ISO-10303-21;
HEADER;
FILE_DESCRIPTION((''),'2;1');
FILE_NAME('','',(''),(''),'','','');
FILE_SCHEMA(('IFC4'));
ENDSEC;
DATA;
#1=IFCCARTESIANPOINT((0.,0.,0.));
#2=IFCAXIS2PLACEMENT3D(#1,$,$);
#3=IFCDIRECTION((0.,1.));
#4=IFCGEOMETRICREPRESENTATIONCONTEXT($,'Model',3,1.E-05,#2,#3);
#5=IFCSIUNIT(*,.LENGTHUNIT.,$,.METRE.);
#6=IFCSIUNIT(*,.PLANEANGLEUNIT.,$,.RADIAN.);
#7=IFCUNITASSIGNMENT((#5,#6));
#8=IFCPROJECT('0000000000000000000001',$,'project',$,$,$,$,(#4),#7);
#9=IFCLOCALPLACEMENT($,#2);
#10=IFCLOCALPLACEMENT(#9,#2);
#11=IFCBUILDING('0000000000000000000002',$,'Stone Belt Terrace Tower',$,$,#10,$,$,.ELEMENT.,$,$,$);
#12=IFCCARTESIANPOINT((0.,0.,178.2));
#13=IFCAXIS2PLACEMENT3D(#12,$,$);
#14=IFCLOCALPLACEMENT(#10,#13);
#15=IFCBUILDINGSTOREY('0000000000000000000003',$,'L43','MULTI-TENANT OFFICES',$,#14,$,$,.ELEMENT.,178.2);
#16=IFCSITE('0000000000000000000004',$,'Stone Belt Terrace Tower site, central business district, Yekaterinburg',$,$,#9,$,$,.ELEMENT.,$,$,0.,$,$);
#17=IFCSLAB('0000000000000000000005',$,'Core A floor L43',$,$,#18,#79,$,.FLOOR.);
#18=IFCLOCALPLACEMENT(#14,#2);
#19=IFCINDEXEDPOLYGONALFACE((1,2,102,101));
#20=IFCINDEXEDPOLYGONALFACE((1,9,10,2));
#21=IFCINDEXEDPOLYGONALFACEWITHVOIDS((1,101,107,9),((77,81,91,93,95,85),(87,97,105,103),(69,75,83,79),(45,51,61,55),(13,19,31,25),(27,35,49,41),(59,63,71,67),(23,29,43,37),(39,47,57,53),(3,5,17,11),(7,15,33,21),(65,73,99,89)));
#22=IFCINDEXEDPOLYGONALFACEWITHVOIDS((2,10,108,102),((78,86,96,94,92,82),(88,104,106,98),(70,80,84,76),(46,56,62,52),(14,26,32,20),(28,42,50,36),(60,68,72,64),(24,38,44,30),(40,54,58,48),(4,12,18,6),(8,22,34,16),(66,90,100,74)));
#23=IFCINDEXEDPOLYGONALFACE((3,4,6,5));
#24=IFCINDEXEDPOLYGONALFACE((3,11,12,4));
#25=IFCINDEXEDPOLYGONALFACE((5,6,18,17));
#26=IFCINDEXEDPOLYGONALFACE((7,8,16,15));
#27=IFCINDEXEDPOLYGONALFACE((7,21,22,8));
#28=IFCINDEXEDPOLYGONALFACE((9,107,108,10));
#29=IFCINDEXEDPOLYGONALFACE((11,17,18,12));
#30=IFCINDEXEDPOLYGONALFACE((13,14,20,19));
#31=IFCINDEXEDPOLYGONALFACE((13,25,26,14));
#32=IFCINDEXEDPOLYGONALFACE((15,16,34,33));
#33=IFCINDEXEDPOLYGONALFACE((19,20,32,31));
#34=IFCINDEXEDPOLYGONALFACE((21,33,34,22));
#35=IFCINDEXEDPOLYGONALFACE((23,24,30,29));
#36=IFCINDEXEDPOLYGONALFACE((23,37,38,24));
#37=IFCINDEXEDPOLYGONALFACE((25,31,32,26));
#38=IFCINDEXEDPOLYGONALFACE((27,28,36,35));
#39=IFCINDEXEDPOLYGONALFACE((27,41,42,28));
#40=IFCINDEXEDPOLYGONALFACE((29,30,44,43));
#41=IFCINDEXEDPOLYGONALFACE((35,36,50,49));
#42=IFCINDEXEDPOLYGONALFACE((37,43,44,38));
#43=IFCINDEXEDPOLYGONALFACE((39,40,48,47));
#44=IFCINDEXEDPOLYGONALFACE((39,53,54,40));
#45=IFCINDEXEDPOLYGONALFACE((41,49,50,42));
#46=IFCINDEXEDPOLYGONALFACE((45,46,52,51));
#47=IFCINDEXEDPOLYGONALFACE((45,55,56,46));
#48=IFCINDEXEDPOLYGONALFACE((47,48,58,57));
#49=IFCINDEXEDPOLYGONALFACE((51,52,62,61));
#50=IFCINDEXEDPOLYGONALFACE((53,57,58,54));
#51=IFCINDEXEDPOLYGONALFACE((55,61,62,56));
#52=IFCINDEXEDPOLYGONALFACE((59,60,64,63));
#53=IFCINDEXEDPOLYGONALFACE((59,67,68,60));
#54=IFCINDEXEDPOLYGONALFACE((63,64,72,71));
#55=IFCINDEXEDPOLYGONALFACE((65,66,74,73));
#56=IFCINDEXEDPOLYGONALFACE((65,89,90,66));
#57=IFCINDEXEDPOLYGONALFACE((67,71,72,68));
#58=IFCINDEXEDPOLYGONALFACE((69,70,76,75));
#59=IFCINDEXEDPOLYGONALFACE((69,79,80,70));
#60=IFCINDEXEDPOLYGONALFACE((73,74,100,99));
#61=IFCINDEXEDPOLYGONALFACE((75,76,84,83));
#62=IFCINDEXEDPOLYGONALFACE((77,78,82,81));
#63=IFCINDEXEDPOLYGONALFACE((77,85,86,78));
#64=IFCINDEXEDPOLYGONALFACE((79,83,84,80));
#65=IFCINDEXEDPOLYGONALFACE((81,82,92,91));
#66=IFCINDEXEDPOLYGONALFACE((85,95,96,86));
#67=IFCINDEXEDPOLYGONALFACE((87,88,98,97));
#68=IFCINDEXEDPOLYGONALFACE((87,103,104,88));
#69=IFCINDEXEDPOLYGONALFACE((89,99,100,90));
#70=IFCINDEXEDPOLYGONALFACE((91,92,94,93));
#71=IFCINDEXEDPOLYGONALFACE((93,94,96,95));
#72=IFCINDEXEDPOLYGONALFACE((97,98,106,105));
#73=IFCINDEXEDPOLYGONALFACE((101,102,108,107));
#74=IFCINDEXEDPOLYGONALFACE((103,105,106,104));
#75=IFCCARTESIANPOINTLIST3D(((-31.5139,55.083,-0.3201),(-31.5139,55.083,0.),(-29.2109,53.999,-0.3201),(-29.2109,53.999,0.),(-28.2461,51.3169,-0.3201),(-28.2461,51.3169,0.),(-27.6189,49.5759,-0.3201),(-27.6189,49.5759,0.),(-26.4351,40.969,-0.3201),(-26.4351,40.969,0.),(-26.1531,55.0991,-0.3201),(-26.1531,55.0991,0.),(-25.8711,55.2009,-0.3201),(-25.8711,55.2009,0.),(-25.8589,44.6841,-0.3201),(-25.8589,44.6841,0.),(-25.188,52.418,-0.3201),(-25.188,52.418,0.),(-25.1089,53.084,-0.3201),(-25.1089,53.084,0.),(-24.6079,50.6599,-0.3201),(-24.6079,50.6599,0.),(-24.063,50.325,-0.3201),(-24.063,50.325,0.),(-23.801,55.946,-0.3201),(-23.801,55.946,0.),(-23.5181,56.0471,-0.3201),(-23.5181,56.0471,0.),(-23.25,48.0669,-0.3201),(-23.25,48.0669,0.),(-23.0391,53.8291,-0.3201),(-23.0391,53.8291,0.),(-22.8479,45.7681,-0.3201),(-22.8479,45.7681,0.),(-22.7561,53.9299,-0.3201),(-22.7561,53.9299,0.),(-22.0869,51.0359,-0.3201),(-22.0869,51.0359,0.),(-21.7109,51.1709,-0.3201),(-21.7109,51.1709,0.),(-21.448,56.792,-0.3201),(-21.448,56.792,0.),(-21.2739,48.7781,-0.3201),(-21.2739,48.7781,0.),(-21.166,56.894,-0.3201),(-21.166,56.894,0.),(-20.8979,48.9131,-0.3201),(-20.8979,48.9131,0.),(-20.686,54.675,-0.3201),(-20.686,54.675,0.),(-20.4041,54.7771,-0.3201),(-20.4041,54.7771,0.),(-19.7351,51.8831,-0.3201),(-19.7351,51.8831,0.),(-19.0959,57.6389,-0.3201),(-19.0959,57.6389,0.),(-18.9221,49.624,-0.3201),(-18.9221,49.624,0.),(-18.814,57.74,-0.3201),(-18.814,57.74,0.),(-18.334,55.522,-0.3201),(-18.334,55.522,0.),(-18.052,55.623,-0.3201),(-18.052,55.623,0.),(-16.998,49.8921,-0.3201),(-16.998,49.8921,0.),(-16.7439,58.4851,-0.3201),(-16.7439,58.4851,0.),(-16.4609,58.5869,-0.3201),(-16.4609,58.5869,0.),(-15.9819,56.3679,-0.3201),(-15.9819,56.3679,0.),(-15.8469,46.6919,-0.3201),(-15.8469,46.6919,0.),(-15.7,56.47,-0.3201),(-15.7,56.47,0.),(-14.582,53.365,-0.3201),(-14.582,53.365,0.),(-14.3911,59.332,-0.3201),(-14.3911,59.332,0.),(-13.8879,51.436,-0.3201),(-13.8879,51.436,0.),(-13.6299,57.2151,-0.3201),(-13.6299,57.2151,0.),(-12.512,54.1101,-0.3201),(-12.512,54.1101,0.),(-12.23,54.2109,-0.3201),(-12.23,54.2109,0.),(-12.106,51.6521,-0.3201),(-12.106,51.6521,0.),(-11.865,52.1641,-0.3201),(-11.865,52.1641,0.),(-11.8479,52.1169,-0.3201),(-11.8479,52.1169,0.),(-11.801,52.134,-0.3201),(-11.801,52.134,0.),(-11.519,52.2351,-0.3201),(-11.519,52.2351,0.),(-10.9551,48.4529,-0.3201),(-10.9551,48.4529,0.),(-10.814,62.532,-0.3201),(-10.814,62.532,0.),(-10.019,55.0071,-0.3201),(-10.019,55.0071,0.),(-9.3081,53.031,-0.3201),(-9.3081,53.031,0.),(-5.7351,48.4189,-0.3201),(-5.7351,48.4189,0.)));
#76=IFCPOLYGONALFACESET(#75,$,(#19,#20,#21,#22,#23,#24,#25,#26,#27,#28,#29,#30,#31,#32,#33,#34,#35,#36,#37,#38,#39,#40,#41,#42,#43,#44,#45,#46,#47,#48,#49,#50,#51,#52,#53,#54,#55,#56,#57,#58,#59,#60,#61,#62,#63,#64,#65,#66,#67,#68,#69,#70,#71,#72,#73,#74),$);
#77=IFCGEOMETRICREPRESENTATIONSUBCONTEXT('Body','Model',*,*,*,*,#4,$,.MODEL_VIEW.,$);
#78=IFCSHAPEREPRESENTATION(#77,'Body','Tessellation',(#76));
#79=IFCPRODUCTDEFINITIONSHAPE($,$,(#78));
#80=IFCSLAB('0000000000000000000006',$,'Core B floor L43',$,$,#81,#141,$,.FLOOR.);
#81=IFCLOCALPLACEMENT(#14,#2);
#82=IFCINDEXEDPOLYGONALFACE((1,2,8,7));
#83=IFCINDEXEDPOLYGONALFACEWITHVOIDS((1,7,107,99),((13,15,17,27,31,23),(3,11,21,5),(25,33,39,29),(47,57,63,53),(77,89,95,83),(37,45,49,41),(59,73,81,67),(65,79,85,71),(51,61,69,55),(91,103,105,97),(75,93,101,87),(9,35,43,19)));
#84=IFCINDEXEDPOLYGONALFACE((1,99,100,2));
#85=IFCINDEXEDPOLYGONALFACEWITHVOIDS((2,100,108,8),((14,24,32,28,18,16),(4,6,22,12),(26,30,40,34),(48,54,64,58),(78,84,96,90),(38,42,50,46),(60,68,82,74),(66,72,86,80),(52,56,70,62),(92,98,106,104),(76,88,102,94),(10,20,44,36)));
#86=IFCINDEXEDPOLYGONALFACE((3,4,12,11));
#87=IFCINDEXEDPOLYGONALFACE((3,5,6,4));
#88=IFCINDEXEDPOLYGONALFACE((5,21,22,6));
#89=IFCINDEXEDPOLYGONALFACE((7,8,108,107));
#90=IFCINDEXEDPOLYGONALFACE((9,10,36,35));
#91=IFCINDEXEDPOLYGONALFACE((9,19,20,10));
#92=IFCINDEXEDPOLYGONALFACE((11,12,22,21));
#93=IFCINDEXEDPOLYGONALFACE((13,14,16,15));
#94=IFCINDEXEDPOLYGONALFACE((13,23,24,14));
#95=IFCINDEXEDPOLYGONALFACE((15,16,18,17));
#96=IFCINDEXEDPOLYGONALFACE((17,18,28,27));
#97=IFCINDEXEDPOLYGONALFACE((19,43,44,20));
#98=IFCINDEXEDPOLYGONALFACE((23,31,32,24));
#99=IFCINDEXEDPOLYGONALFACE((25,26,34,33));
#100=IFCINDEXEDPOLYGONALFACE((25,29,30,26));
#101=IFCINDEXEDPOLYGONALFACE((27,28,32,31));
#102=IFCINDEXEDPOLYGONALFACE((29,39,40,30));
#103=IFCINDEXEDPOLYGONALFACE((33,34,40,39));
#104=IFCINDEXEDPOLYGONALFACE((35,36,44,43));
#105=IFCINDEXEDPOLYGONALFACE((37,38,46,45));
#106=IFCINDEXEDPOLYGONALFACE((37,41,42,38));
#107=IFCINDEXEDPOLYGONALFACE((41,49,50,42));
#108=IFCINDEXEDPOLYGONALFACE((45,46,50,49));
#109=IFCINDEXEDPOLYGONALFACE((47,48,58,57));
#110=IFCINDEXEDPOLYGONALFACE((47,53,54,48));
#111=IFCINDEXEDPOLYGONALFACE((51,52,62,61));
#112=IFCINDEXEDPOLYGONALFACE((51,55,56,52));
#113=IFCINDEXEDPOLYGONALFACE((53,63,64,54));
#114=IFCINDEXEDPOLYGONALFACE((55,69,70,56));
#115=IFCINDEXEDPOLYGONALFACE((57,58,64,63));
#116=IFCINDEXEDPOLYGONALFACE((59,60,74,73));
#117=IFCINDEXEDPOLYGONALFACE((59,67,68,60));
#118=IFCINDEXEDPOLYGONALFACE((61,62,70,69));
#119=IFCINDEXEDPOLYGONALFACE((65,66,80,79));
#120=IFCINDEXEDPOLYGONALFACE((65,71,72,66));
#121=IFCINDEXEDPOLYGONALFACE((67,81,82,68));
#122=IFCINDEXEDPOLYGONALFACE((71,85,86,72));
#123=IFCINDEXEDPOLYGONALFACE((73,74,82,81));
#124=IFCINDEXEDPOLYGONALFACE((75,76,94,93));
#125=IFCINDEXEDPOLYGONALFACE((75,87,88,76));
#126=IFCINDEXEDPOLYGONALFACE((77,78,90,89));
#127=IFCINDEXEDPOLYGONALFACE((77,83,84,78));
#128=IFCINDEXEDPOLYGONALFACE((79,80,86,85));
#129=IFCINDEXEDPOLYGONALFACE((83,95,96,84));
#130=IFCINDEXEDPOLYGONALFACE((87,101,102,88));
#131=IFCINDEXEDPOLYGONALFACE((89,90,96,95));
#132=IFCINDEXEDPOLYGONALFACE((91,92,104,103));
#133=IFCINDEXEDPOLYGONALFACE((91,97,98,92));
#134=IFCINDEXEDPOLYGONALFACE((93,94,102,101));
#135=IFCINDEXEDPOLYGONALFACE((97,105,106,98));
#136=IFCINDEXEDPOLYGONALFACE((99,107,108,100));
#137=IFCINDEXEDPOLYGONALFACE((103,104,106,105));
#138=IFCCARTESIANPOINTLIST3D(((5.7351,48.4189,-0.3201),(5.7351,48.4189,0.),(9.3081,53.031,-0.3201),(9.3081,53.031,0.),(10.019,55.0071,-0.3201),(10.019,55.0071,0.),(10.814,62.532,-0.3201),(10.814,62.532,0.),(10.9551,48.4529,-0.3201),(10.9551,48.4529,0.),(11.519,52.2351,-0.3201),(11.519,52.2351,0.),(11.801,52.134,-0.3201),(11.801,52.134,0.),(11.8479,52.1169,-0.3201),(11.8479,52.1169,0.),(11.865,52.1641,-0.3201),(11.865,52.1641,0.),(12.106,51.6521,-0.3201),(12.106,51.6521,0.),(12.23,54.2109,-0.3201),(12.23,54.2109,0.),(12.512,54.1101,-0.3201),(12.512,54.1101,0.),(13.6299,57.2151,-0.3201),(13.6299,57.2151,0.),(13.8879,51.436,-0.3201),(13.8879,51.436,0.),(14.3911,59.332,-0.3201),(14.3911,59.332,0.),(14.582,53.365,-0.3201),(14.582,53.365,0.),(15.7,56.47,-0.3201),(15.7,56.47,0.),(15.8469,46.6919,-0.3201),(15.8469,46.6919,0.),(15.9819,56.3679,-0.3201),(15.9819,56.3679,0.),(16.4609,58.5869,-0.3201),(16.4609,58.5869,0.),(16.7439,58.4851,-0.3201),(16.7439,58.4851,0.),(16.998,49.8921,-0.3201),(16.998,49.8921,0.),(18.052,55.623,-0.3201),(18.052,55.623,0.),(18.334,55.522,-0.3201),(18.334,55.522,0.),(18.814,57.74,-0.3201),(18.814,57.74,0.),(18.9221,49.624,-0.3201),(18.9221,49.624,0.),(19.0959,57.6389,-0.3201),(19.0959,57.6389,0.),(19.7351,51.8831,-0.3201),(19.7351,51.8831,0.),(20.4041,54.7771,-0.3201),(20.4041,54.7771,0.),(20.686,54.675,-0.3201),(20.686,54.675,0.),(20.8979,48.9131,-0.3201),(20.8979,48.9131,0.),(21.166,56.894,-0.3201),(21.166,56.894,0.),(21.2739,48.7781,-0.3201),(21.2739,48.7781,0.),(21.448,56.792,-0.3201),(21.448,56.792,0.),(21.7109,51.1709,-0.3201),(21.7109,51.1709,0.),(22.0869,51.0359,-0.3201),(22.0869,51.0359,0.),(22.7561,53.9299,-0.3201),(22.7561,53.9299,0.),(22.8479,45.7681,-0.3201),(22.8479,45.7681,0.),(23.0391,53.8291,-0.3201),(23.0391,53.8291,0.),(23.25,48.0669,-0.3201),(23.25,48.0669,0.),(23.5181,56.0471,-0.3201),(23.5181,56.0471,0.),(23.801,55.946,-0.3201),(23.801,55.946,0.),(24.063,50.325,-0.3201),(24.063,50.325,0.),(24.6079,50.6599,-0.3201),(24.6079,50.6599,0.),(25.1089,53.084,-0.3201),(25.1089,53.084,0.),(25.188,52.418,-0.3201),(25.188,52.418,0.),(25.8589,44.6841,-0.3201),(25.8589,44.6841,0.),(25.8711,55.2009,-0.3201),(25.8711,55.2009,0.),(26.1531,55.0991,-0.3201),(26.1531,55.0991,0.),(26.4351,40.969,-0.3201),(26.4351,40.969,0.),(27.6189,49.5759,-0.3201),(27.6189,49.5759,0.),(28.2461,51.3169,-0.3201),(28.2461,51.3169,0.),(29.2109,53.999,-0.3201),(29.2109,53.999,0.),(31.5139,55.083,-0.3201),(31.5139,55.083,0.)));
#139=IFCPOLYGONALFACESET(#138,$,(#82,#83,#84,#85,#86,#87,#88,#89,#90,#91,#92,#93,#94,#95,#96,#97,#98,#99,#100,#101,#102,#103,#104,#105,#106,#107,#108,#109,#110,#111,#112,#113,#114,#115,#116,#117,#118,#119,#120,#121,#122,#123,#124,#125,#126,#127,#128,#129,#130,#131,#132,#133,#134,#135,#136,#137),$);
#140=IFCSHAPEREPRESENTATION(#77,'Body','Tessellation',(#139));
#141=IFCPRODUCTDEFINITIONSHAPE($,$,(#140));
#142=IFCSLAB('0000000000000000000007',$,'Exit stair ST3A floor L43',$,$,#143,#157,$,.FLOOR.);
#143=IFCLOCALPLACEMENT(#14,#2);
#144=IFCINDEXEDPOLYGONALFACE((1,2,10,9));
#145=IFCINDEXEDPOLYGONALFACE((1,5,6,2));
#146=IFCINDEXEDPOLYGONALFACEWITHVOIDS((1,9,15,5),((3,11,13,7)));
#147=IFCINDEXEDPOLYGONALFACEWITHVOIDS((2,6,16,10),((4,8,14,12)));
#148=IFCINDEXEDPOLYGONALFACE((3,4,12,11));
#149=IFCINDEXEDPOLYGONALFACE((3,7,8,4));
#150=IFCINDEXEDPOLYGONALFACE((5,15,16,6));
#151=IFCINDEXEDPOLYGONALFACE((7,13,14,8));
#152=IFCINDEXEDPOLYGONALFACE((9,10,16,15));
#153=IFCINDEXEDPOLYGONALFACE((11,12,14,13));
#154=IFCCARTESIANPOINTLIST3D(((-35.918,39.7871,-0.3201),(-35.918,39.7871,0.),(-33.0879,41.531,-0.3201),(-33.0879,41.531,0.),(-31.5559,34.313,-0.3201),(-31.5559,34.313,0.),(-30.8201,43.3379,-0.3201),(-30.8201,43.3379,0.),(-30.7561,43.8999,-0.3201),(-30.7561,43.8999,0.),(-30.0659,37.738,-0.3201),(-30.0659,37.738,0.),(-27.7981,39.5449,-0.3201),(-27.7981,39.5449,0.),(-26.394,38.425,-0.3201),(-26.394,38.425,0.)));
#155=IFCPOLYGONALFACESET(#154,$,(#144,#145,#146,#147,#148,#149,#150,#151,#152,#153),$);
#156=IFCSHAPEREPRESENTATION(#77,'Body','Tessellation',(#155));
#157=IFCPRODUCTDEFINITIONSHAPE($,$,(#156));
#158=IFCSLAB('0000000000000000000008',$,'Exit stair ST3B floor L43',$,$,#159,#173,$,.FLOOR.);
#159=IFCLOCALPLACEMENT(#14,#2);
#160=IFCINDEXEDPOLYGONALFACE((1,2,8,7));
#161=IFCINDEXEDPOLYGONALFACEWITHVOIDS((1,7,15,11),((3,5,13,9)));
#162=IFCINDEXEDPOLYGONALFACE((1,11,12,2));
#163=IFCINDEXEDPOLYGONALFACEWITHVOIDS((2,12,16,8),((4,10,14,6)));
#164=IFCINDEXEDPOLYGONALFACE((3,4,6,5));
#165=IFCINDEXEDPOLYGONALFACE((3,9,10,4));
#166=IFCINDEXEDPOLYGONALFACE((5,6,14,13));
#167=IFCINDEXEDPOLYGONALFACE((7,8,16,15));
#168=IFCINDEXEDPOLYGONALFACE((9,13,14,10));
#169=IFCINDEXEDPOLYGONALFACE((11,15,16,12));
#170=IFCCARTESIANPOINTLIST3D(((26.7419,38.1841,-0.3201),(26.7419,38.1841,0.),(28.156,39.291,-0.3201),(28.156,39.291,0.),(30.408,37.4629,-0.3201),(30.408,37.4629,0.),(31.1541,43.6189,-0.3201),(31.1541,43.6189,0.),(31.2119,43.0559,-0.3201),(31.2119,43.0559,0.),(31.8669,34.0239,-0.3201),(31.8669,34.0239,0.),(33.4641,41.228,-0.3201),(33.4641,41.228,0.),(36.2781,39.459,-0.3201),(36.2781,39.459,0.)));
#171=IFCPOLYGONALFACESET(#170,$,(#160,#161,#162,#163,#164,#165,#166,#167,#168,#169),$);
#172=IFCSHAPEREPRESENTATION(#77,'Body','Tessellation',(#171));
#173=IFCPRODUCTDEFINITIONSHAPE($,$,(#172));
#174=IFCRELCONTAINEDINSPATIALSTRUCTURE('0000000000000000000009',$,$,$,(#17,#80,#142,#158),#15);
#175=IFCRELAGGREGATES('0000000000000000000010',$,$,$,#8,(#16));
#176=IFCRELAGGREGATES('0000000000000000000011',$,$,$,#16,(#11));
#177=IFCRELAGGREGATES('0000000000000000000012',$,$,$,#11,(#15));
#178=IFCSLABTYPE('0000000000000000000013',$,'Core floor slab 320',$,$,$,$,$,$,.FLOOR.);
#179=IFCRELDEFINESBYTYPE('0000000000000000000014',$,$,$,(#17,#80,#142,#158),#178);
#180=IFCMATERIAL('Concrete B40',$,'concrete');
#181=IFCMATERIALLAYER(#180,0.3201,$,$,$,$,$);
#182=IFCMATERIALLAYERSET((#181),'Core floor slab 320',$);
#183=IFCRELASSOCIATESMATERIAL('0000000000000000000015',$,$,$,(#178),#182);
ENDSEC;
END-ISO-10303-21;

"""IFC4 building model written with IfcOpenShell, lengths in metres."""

from ifc_helpers import new_model, si_unit, direction, frame, origin, place, context, subcontext, project, spatial, polyline, outline, extrude, material, layer, layer_set, type_object, element, save


model = new_model("IFC4")

# Units and contexts
model_context = context("Model", 3, precision=1e-05, world=origin(), true_north=direction((0.0, 1.0)))
body_context = subcontext(model_context, "Body", "Model", "MODEL_VIEW")
ifc_project = project(units=[si_unit("LENGTHUNIT", "METRE"), si_unit("PLANEANGLEUNIT", "RADIAN")], contexts=[model_context])

# Site, building, storey
site_placement = place(None, origin())
site = spatial("IfcSite", under=ifc_project, at=site_placement, Name="Stone Belt Terrace Tower site, central business district, Yekaterinburg", CompositionType="ELEMENT", RefElevation=0.0)
building_placement = place(site_placement, origin())
building = spatial("IfcBuilding", under=site, at=building_placement, Name="Stone Belt Terrace Tower", CompositionType="ELEMENT")
storey_placement = place(building_placement, frame((0.0, 0.0, 178.2)))
storey = spatial("IfcBuildingStorey", under=building, at=storey_placement, Name="L43", Description="MULTI-TENANT OFFICES", CompositionType="ELEMENT", Elevation=178.2)

# Slabs
ifc_material_1 = material(Name="Concrete B40", Category="concrete")
ifc_layer_1 = layer(ifc_material_1, 0.3201)
ifc_layer_set_1 = layer_set([ifc_layer_1], Name="Core floor slab 320")
slab_type_1 = type_object("IfcSlabType", Name="Core floor slab 320", PredefinedType="FLOOR", material=ifc_layer_set_1)
slab_1_placement = place(storey_placement, frame((0.0, 0.0, -0.3201)))
element("IfcSlab", 1, at=slab_1_placement, inside=storey, type_object=slab_type_1, Name="Core A floor L43", PredefinedType="FLOOR", context=body_context, shape_type="SweptSolid", body=[
    extrude(outline(polyline([(-26.4351, 40.969), (-5.7351, 48.4189), (-10.814, 62.532), (-31.5139, 55.083), (-26.4351, 40.969)]), holes=[polyline([(-24.6079, 50.6599), (-22.8479, 45.7681), (-25.8589, 44.6841), (-27.6189, 49.5759), (-24.6079, 50.6599)]), polyline([(-23.25, 48.0669), (-24.063, 50.325), (-22.0869, 51.0359), (-21.2739, 48.7781), (-23.25, 48.0669)]), polyline([(-20.8979, 48.9131), (-21.7109, 51.1709), (-19.7351, 51.8831), (-18.9221, 49.624), (-20.8979, 48.9131)]), polyline([(-28.2461, 51.3169), (-29.2109, 53.999), (-26.1531, 55.0991), (-25.188, 52.418), (-28.2461, 51.3169)]), polyline([(-23.801, 55.946), (-23.0391, 53.8291), (-25.1089, 53.084), (-25.8711, 55.2009), (-23.801, 55.946)]), polyline([(-21.448, 56.792), (-20.686, 54.675), (-22.7561, 53.9299), (-23.5181, 56.0471), (-21.448, 56.792)]), polyline([(-10.9551, 48.4529), (-15.8469, 46.6919), (-16.998, 49.8921), (-12.106, 51.6521), (-10.9551, 48.4529)]), polyline([(-11.8479, 52.1169), (-11.865, 52.1641), (-13.8879, 51.436), (-14.582, 53.365), (-12.512, 54.1101), (-11.801, 52.134), (-11.8479, 52.1169)]), polyline([(-9.3081, 53.031), (-11.519, 52.2351), (-12.23, 54.2109), (-10.019, 55.0071), (-9.3081, 53.031)]), polyline([(-21.166, 56.894), (-19.0959, 57.6389), (-18.334, 55.522), (-20.4041, 54.7771), (-21.166, 56.894)]), polyline([(-16.7439, 58.4851), (-15.9819, 56.3679), (-18.052, 55.623), (-18.814, 57.74), (-16.7439, 58.4851)]), polyline([(-14.3911, 59.332), (-13.6299, 57.2151), (-15.7, 56.47), (-16.4609, 58.5869), (-14.3911, 59.332)])]), origin(), (0.0, 0.0, 1.0), 0.3201),
])
slab_2_placement = place(storey_placement, frame((0.0, 0.0, -0.3201)))
element("IfcSlab", 2, at=slab_2_placement, inside=storey, type_object=slab_type_1, Name="Core B floor L43", PredefinedType="FLOOR", context=body_context, shape_type="SweptSolid", body=[
    extrude(outline(polyline([(26.4351, 40.969), (31.5139, 55.083), (10.814, 62.532), (5.7351, 48.4189), (26.4351, 40.969)]), holes=[polyline([(12.106, 51.6521), (16.998, 49.8921), (15.8469, 46.6919), (10.9551, 48.4529), (12.106, 51.6521)]), polyline([(12.512, 54.1101), (14.582, 53.365), (13.8879, 51.436), (11.865, 52.1641), (11.8479, 52.1169), (11.801, 52.134), (12.512, 54.1101)]), polyline([(9.3081, 53.031), (10.019, 55.0071), (12.23, 54.2109), (11.519, 52.2351), (9.3081, 53.031)]), polyline([(18.334, 55.522), (19.0959, 57.6389), (21.166, 56.894), (20.4041, 54.7771), (18.334, 55.522)]), polyline([(16.7439, 58.4851), (18.814, 57.74), (18.052, 55.623), (15.9819, 56.3679), (16.7439, 58.4851)]), polyline([(14.3911, 59.332), (16.4609, 58.5869), (15.7, 56.47), (13.6299, 57.2151), (14.3911, 59.332)]), polyline([(27.6189, 49.5759), (25.8589, 44.6841), (22.8479, 45.7681), (24.6079, 50.6599), (27.6189, 49.5759)]), polyline([(23.25, 48.0669), (21.2739, 48.7781), (22.0869, 51.0359), (24.063, 50.325), (23.25, 48.0669)]), polyline([(20.8979, 48.9131), (18.9221, 49.624), (19.7351, 51.8831), (21.7109, 51.1709), (20.8979, 48.9131)]), polyline([(26.1531, 55.0991), (29.2109, 53.999), (28.2461, 51.3169), (25.188, 52.418), (26.1531, 55.0991)]), polyline([(23.801, 55.946), (25.8711, 55.2009), (25.1089, 53.084), (23.0391, 53.8291), (23.801, 55.946)]), polyline([(21.448, 56.792), (23.5181, 56.0471), (22.7561, 53.9299), (20.686, 54.675), (21.448, 56.792)])]), origin(), (0.0, 0.0, 1.0), 0.3201),
])
slab_3_placement = place(storey_placement, frame((0.0, 0.0, -0.3201)))
element("IfcSlab", 3, at=slab_3_placement, inside=storey, type_object=slab_type_1, Name="Exit stair ST3A floor L43", PredefinedType="FLOOR", context=body_context, shape_type="SweptSolid", body=[
    extrude(outline(polyline([(-26.394, 38.425), (-30.7561, 43.8999), (-35.918, 39.7871), (-31.5559, 34.313), (-26.394, 38.425)]), holes=[polyline([(-27.7981, 39.5449), (-30.0659, 37.738), (-33.0879, 41.531), (-30.8201, 43.3379), (-27.7981, 39.5449)])]), origin(), (0.0, 0.0, 1.0), 0.3201),
])
slab_4_placement = place(storey_placement, frame((0.0, 0.0, -0.3201)))
element("IfcSlab", 4, at=slab_4_placement, inside=storey, type_object=slab_type_1, Name="Exit stair ST3B floor L43", PredefinedType="FLOOR", context=body_context, shape_type="SweptSolid", body=[
    extrude(outline(polyline([(26.7419, 38.1841), (31.8669, 34.0239), (36.2781, 39.459), (31.1541, 43.6189), (26.7419, 38.1841)]), holes=[polyline([(30.408, 37.4629), (28.156, 39.291), (31.2119, 43.0559), (33.4641, 41.228), (30.408, 37.4629)])]), origin(), (0.0, 0.0, 1.0), 0.3201),
])

save(model, "model.ifc")
